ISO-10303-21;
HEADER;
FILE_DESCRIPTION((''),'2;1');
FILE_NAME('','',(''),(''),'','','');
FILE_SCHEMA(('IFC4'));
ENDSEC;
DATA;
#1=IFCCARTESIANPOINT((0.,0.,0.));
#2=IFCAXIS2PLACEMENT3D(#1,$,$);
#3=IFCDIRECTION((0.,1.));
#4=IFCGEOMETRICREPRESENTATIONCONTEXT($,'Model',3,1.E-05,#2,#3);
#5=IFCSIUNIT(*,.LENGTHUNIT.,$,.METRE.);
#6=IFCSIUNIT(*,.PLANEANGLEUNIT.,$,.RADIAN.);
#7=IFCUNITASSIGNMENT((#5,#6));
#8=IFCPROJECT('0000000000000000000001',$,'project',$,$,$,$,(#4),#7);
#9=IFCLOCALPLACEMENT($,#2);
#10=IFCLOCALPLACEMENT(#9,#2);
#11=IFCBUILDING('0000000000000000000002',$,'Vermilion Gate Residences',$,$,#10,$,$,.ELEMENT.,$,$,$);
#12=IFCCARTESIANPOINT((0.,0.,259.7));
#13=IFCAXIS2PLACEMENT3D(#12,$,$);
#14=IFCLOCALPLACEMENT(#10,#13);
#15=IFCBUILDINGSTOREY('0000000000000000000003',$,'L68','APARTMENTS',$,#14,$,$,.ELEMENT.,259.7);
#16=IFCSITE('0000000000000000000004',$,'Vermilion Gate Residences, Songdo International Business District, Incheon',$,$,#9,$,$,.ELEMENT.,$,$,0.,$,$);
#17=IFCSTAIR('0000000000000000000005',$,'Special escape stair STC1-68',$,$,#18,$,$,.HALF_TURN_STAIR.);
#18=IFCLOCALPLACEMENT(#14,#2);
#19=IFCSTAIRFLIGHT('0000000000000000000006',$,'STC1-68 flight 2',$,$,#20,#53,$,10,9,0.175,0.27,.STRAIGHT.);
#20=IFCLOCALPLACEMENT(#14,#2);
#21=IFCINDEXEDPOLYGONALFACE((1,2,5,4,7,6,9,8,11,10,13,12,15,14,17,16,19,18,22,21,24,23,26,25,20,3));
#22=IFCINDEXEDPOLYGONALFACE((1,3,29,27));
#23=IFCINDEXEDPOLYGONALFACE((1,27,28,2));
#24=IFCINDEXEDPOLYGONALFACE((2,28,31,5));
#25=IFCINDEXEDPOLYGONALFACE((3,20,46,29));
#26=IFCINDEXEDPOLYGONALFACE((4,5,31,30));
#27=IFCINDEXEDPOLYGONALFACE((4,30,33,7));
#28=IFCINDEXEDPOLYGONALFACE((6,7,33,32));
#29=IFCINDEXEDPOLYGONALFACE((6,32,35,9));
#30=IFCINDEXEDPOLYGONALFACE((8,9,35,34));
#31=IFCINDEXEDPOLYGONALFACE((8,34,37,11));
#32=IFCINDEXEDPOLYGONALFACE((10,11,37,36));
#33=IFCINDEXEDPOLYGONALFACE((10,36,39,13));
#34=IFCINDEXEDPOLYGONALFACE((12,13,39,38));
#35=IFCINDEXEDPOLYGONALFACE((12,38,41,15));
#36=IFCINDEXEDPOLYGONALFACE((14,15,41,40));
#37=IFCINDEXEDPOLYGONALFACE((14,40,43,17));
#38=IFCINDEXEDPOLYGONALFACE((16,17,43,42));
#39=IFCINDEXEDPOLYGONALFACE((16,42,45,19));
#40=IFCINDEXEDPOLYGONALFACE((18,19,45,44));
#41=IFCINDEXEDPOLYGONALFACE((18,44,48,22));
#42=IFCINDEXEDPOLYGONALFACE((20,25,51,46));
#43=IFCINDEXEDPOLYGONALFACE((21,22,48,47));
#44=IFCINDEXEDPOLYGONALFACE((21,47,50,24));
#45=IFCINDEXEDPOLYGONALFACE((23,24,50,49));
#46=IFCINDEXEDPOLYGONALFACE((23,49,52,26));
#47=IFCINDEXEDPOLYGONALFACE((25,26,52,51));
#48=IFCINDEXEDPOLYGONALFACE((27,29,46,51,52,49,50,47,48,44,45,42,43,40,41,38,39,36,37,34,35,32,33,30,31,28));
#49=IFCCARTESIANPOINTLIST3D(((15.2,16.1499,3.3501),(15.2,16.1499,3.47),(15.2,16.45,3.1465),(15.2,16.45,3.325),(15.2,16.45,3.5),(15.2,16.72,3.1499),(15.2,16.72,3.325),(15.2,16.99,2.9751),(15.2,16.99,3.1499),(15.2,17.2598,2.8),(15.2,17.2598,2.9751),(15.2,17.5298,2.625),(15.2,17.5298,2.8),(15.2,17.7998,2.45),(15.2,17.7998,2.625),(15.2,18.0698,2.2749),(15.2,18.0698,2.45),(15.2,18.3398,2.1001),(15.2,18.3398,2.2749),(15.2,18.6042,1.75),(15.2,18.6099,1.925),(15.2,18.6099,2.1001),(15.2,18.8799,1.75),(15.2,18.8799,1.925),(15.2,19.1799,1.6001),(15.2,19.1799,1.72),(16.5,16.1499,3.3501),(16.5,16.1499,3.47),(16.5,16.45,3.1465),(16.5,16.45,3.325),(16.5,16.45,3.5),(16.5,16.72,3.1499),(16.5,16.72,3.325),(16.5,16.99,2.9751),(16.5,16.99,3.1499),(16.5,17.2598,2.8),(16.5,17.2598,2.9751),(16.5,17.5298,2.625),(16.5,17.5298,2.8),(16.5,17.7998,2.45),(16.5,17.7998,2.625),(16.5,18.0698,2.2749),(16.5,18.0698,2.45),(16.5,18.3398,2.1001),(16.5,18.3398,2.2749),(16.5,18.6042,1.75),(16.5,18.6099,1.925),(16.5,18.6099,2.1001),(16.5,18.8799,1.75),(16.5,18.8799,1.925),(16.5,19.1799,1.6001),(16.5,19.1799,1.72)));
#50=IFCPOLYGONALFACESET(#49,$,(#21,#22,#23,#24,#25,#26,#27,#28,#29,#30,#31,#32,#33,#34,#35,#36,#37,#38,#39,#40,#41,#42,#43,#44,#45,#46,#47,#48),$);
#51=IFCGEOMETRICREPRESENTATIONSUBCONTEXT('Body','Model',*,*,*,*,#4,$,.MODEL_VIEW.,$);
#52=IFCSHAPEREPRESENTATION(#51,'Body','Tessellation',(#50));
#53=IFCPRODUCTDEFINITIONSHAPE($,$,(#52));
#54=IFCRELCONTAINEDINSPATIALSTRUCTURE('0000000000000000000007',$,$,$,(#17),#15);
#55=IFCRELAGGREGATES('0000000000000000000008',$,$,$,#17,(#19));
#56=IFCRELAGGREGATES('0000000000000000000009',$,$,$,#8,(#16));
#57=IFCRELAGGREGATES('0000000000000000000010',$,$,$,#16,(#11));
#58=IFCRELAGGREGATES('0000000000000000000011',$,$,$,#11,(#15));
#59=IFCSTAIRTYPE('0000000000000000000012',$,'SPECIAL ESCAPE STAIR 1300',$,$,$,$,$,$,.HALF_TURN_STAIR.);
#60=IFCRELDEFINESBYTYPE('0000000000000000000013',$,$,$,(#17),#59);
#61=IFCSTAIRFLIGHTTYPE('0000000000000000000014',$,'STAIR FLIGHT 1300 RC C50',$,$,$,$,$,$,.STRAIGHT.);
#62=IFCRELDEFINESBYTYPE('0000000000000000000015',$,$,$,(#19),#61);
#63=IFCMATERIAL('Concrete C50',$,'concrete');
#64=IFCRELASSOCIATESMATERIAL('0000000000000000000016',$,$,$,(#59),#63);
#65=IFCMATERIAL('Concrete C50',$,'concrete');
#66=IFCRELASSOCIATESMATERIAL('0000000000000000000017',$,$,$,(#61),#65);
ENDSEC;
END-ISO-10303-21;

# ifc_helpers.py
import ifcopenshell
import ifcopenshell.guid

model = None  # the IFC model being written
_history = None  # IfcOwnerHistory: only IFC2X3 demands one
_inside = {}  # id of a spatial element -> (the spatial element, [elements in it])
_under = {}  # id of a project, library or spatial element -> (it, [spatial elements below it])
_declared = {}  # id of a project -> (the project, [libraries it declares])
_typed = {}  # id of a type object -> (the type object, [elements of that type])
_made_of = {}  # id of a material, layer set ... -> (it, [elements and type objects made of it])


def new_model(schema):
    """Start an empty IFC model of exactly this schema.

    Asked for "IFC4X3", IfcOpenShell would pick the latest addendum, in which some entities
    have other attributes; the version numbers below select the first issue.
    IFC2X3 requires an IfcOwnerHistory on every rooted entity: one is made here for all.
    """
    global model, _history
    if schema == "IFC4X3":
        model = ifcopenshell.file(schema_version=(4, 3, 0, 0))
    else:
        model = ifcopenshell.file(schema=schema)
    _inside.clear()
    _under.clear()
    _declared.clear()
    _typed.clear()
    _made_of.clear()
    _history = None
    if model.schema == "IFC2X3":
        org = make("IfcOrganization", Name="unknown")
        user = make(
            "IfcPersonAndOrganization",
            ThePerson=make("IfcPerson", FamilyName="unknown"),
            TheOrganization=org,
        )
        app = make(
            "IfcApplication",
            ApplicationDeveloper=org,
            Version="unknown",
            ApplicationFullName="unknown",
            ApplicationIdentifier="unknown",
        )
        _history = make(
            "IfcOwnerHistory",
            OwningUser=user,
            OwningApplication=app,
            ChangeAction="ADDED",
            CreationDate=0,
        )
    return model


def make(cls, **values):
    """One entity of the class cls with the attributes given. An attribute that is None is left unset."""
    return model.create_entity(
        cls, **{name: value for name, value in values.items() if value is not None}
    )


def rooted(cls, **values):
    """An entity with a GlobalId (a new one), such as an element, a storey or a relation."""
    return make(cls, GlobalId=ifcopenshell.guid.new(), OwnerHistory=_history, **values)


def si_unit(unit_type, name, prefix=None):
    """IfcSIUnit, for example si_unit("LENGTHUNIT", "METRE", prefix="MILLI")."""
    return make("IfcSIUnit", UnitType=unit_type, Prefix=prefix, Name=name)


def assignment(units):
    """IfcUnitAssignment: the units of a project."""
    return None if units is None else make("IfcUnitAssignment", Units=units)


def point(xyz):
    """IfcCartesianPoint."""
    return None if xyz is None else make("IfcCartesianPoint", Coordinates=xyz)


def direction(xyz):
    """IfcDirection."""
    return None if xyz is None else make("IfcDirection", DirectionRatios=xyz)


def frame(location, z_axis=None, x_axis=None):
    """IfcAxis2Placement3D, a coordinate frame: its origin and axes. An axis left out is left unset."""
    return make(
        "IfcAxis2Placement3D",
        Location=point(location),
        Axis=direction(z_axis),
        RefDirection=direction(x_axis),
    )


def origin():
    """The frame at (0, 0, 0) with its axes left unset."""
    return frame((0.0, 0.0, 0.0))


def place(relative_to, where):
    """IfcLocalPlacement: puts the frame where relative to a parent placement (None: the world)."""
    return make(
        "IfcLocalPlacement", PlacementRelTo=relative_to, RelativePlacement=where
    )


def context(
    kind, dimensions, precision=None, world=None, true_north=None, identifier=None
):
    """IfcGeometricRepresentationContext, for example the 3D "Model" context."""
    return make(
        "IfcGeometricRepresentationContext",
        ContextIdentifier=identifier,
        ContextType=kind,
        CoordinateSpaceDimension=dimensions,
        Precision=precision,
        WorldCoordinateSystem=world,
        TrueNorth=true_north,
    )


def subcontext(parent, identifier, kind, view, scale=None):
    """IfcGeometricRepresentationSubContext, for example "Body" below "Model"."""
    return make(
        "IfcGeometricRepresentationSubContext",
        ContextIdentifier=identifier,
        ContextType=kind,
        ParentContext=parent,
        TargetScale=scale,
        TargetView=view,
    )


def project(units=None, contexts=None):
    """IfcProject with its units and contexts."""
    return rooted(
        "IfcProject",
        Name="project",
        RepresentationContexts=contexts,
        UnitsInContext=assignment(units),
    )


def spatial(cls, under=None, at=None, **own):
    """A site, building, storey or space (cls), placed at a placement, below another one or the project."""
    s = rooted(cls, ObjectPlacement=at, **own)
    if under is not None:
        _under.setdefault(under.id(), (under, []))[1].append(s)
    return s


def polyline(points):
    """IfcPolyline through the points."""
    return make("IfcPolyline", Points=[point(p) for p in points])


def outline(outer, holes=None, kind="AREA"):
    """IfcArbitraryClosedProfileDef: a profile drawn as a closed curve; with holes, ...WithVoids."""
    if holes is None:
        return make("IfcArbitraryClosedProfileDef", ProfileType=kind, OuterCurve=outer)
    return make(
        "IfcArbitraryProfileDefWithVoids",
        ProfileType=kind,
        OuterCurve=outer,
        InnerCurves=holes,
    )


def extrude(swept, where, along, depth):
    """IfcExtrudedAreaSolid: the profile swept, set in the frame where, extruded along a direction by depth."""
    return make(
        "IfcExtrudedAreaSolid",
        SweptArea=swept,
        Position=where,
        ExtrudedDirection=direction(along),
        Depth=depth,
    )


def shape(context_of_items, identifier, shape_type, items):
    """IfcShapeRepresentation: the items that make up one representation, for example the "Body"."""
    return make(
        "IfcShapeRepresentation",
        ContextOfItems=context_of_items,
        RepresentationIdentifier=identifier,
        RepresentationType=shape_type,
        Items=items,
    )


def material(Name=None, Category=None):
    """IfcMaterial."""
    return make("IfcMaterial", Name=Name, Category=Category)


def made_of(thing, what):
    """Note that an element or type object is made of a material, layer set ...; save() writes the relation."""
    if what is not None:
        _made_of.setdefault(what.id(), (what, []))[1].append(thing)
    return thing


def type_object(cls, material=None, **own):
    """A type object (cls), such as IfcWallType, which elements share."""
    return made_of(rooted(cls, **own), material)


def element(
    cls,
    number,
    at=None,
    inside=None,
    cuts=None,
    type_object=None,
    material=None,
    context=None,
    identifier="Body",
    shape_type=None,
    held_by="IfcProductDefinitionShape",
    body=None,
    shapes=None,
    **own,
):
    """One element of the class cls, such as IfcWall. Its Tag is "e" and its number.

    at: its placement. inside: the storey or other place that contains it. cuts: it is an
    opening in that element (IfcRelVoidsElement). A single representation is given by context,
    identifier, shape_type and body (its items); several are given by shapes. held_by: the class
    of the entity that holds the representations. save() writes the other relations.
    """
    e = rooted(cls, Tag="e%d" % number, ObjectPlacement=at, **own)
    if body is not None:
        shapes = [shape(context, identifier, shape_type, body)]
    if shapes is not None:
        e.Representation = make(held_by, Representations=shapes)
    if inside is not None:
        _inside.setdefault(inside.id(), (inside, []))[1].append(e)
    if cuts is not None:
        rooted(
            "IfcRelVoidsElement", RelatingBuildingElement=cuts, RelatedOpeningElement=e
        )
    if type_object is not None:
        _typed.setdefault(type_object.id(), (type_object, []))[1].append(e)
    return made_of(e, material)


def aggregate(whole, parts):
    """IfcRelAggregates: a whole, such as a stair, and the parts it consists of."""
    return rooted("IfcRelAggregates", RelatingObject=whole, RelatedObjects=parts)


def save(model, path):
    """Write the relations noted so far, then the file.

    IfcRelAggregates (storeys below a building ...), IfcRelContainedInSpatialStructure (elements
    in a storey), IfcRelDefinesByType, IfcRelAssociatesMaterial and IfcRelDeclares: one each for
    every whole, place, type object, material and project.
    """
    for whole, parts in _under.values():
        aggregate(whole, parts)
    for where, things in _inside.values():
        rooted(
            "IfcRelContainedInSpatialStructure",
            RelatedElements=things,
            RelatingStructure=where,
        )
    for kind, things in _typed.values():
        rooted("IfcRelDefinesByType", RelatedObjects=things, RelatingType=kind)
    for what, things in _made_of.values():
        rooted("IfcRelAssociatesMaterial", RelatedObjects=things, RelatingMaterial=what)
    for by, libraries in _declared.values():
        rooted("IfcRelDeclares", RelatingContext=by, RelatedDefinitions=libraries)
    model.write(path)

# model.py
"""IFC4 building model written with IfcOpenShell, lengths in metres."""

from ifc_helpers import new_model, si_unit, direction, frame, origin, place, context, subcontext, project, spatial, polyline, outline, extrude, material, type_object, element, aggregate, save


model = new_model("IFC4")

# Units and contexts
model_context = context("Model", 3, precision=1e-05, world=origin(), true_north=direction((0.0, 1.0)))
body_context = subcontext(model_context, "Body", "Model", "MODEL_VIEW")
ifc_project = project(units=[si_unit("LENGTHUNIT", "METRE"), si_unit("PLANEANGLEUNIT", "RADIAN")], contexts=[model_context])

# Site, building, storey
site_placement = place(None, origin())
site = spatial("IfcSite", under=ifc_project, at=site_placement, Name="Vermilion Gate Residences, Songdo International Business District, Incheon", CompositionType="ELEMENT", RefElevation=0.0)
building_placement = place(site_placement, origin())
building = spatial("IfcBuilding", under=site, at=building_placement, Name="Vermilion Gate Residences", CompositionType="ELEMENT")
storey_placement = place(building_placement, frame((0.0, 0.0, 259.7)))
storey = spatial("IfcBuildingStorey", under=building, at=storey_placement, Name="L68", Description="APARTMENTS", CompositionType="ELEMENT", Elevation=259.7)

# Stair, stair flight
ifc_material_1 = material(Name="Concrete C50", Category="concrete")
stair_type = type_object("IfcStairType", Name="SPECIAL ESCAPE STAIR 1300", PredefinedType="HALF_TURN_STAIR", material=ifc_material_1)
stair_placement = place(storey_placement, origin())
stair = element("IfcStair", 1, at=stair_placement, inside=storey, type_object=stair_type, Name="Special escape stair STC1-68", PredefinedType="HALF_TURN_STAIR")
ifc_material_2 = material(Name="Concrete C50", Category="concrete")
stair_flight_type = type_object("IfcStairFlightType", Name="STAIR FLIGHT 1300 RC C50", PredefinedType="STRAIGHT", material=ifc_material_2)
stair_flight_1_placement = place(storey_placement, frame((15.8501, 18.8799, 1.75), z_axis=(0.0, 0.0, 1.0), x_axis=(0.0, -1.0, 0.0)))
stair_flight_1 = element("IfcStairFlight", 2, at=stair_flight_1_placement, type_object=stair_flight_type, Name="STC1-68 flight 2", NumberOfRisers=10, NumberOfTreads=9, PredefinedType="STRAIGHT", RiserHeight=0.175, TreadLength=0.27, context=body_context, shape_type="SweptSolid", body=[
    extrude(outline(polyline([(-0.3, -0.1499), (-0.3, -0.03), (0.0, 0.0), (0.0, 0.175), (0.27, 0.175), (0.27, 0.3501), (0.54, 0.3501), (0.54, 0.5249), (0.8101, 0.5249), (0.8101, 0.7), (1.0801, 0.7), (1.0801, 0.875), (1.3501, 0.875), (1.3501, 1.05), (1.6201, 1.05), (1.6201, 1.2251), (1.8899, 1.2251), (1.8899, 1.3999), (2.1599, 1.3999), (2.1599, 1.575), (2.4299, 1.575), (2.4299, 1.75), (2.73, 1.72), (2.73, 1.6001), (2.4299, 1.3965), (0.2756, 0.0), (-0.3, -0.1499)])), frame((0.0, 0.6499, 0.0), z_axis=(0.0, -1.0, 0.0), x_axis=(1.0, 0.0, 0.0)), (0.0, 0.0, 1.0), 1.3),
])
aggregate(stair, [stair_flight_1])

save(model, "model.ifc")
